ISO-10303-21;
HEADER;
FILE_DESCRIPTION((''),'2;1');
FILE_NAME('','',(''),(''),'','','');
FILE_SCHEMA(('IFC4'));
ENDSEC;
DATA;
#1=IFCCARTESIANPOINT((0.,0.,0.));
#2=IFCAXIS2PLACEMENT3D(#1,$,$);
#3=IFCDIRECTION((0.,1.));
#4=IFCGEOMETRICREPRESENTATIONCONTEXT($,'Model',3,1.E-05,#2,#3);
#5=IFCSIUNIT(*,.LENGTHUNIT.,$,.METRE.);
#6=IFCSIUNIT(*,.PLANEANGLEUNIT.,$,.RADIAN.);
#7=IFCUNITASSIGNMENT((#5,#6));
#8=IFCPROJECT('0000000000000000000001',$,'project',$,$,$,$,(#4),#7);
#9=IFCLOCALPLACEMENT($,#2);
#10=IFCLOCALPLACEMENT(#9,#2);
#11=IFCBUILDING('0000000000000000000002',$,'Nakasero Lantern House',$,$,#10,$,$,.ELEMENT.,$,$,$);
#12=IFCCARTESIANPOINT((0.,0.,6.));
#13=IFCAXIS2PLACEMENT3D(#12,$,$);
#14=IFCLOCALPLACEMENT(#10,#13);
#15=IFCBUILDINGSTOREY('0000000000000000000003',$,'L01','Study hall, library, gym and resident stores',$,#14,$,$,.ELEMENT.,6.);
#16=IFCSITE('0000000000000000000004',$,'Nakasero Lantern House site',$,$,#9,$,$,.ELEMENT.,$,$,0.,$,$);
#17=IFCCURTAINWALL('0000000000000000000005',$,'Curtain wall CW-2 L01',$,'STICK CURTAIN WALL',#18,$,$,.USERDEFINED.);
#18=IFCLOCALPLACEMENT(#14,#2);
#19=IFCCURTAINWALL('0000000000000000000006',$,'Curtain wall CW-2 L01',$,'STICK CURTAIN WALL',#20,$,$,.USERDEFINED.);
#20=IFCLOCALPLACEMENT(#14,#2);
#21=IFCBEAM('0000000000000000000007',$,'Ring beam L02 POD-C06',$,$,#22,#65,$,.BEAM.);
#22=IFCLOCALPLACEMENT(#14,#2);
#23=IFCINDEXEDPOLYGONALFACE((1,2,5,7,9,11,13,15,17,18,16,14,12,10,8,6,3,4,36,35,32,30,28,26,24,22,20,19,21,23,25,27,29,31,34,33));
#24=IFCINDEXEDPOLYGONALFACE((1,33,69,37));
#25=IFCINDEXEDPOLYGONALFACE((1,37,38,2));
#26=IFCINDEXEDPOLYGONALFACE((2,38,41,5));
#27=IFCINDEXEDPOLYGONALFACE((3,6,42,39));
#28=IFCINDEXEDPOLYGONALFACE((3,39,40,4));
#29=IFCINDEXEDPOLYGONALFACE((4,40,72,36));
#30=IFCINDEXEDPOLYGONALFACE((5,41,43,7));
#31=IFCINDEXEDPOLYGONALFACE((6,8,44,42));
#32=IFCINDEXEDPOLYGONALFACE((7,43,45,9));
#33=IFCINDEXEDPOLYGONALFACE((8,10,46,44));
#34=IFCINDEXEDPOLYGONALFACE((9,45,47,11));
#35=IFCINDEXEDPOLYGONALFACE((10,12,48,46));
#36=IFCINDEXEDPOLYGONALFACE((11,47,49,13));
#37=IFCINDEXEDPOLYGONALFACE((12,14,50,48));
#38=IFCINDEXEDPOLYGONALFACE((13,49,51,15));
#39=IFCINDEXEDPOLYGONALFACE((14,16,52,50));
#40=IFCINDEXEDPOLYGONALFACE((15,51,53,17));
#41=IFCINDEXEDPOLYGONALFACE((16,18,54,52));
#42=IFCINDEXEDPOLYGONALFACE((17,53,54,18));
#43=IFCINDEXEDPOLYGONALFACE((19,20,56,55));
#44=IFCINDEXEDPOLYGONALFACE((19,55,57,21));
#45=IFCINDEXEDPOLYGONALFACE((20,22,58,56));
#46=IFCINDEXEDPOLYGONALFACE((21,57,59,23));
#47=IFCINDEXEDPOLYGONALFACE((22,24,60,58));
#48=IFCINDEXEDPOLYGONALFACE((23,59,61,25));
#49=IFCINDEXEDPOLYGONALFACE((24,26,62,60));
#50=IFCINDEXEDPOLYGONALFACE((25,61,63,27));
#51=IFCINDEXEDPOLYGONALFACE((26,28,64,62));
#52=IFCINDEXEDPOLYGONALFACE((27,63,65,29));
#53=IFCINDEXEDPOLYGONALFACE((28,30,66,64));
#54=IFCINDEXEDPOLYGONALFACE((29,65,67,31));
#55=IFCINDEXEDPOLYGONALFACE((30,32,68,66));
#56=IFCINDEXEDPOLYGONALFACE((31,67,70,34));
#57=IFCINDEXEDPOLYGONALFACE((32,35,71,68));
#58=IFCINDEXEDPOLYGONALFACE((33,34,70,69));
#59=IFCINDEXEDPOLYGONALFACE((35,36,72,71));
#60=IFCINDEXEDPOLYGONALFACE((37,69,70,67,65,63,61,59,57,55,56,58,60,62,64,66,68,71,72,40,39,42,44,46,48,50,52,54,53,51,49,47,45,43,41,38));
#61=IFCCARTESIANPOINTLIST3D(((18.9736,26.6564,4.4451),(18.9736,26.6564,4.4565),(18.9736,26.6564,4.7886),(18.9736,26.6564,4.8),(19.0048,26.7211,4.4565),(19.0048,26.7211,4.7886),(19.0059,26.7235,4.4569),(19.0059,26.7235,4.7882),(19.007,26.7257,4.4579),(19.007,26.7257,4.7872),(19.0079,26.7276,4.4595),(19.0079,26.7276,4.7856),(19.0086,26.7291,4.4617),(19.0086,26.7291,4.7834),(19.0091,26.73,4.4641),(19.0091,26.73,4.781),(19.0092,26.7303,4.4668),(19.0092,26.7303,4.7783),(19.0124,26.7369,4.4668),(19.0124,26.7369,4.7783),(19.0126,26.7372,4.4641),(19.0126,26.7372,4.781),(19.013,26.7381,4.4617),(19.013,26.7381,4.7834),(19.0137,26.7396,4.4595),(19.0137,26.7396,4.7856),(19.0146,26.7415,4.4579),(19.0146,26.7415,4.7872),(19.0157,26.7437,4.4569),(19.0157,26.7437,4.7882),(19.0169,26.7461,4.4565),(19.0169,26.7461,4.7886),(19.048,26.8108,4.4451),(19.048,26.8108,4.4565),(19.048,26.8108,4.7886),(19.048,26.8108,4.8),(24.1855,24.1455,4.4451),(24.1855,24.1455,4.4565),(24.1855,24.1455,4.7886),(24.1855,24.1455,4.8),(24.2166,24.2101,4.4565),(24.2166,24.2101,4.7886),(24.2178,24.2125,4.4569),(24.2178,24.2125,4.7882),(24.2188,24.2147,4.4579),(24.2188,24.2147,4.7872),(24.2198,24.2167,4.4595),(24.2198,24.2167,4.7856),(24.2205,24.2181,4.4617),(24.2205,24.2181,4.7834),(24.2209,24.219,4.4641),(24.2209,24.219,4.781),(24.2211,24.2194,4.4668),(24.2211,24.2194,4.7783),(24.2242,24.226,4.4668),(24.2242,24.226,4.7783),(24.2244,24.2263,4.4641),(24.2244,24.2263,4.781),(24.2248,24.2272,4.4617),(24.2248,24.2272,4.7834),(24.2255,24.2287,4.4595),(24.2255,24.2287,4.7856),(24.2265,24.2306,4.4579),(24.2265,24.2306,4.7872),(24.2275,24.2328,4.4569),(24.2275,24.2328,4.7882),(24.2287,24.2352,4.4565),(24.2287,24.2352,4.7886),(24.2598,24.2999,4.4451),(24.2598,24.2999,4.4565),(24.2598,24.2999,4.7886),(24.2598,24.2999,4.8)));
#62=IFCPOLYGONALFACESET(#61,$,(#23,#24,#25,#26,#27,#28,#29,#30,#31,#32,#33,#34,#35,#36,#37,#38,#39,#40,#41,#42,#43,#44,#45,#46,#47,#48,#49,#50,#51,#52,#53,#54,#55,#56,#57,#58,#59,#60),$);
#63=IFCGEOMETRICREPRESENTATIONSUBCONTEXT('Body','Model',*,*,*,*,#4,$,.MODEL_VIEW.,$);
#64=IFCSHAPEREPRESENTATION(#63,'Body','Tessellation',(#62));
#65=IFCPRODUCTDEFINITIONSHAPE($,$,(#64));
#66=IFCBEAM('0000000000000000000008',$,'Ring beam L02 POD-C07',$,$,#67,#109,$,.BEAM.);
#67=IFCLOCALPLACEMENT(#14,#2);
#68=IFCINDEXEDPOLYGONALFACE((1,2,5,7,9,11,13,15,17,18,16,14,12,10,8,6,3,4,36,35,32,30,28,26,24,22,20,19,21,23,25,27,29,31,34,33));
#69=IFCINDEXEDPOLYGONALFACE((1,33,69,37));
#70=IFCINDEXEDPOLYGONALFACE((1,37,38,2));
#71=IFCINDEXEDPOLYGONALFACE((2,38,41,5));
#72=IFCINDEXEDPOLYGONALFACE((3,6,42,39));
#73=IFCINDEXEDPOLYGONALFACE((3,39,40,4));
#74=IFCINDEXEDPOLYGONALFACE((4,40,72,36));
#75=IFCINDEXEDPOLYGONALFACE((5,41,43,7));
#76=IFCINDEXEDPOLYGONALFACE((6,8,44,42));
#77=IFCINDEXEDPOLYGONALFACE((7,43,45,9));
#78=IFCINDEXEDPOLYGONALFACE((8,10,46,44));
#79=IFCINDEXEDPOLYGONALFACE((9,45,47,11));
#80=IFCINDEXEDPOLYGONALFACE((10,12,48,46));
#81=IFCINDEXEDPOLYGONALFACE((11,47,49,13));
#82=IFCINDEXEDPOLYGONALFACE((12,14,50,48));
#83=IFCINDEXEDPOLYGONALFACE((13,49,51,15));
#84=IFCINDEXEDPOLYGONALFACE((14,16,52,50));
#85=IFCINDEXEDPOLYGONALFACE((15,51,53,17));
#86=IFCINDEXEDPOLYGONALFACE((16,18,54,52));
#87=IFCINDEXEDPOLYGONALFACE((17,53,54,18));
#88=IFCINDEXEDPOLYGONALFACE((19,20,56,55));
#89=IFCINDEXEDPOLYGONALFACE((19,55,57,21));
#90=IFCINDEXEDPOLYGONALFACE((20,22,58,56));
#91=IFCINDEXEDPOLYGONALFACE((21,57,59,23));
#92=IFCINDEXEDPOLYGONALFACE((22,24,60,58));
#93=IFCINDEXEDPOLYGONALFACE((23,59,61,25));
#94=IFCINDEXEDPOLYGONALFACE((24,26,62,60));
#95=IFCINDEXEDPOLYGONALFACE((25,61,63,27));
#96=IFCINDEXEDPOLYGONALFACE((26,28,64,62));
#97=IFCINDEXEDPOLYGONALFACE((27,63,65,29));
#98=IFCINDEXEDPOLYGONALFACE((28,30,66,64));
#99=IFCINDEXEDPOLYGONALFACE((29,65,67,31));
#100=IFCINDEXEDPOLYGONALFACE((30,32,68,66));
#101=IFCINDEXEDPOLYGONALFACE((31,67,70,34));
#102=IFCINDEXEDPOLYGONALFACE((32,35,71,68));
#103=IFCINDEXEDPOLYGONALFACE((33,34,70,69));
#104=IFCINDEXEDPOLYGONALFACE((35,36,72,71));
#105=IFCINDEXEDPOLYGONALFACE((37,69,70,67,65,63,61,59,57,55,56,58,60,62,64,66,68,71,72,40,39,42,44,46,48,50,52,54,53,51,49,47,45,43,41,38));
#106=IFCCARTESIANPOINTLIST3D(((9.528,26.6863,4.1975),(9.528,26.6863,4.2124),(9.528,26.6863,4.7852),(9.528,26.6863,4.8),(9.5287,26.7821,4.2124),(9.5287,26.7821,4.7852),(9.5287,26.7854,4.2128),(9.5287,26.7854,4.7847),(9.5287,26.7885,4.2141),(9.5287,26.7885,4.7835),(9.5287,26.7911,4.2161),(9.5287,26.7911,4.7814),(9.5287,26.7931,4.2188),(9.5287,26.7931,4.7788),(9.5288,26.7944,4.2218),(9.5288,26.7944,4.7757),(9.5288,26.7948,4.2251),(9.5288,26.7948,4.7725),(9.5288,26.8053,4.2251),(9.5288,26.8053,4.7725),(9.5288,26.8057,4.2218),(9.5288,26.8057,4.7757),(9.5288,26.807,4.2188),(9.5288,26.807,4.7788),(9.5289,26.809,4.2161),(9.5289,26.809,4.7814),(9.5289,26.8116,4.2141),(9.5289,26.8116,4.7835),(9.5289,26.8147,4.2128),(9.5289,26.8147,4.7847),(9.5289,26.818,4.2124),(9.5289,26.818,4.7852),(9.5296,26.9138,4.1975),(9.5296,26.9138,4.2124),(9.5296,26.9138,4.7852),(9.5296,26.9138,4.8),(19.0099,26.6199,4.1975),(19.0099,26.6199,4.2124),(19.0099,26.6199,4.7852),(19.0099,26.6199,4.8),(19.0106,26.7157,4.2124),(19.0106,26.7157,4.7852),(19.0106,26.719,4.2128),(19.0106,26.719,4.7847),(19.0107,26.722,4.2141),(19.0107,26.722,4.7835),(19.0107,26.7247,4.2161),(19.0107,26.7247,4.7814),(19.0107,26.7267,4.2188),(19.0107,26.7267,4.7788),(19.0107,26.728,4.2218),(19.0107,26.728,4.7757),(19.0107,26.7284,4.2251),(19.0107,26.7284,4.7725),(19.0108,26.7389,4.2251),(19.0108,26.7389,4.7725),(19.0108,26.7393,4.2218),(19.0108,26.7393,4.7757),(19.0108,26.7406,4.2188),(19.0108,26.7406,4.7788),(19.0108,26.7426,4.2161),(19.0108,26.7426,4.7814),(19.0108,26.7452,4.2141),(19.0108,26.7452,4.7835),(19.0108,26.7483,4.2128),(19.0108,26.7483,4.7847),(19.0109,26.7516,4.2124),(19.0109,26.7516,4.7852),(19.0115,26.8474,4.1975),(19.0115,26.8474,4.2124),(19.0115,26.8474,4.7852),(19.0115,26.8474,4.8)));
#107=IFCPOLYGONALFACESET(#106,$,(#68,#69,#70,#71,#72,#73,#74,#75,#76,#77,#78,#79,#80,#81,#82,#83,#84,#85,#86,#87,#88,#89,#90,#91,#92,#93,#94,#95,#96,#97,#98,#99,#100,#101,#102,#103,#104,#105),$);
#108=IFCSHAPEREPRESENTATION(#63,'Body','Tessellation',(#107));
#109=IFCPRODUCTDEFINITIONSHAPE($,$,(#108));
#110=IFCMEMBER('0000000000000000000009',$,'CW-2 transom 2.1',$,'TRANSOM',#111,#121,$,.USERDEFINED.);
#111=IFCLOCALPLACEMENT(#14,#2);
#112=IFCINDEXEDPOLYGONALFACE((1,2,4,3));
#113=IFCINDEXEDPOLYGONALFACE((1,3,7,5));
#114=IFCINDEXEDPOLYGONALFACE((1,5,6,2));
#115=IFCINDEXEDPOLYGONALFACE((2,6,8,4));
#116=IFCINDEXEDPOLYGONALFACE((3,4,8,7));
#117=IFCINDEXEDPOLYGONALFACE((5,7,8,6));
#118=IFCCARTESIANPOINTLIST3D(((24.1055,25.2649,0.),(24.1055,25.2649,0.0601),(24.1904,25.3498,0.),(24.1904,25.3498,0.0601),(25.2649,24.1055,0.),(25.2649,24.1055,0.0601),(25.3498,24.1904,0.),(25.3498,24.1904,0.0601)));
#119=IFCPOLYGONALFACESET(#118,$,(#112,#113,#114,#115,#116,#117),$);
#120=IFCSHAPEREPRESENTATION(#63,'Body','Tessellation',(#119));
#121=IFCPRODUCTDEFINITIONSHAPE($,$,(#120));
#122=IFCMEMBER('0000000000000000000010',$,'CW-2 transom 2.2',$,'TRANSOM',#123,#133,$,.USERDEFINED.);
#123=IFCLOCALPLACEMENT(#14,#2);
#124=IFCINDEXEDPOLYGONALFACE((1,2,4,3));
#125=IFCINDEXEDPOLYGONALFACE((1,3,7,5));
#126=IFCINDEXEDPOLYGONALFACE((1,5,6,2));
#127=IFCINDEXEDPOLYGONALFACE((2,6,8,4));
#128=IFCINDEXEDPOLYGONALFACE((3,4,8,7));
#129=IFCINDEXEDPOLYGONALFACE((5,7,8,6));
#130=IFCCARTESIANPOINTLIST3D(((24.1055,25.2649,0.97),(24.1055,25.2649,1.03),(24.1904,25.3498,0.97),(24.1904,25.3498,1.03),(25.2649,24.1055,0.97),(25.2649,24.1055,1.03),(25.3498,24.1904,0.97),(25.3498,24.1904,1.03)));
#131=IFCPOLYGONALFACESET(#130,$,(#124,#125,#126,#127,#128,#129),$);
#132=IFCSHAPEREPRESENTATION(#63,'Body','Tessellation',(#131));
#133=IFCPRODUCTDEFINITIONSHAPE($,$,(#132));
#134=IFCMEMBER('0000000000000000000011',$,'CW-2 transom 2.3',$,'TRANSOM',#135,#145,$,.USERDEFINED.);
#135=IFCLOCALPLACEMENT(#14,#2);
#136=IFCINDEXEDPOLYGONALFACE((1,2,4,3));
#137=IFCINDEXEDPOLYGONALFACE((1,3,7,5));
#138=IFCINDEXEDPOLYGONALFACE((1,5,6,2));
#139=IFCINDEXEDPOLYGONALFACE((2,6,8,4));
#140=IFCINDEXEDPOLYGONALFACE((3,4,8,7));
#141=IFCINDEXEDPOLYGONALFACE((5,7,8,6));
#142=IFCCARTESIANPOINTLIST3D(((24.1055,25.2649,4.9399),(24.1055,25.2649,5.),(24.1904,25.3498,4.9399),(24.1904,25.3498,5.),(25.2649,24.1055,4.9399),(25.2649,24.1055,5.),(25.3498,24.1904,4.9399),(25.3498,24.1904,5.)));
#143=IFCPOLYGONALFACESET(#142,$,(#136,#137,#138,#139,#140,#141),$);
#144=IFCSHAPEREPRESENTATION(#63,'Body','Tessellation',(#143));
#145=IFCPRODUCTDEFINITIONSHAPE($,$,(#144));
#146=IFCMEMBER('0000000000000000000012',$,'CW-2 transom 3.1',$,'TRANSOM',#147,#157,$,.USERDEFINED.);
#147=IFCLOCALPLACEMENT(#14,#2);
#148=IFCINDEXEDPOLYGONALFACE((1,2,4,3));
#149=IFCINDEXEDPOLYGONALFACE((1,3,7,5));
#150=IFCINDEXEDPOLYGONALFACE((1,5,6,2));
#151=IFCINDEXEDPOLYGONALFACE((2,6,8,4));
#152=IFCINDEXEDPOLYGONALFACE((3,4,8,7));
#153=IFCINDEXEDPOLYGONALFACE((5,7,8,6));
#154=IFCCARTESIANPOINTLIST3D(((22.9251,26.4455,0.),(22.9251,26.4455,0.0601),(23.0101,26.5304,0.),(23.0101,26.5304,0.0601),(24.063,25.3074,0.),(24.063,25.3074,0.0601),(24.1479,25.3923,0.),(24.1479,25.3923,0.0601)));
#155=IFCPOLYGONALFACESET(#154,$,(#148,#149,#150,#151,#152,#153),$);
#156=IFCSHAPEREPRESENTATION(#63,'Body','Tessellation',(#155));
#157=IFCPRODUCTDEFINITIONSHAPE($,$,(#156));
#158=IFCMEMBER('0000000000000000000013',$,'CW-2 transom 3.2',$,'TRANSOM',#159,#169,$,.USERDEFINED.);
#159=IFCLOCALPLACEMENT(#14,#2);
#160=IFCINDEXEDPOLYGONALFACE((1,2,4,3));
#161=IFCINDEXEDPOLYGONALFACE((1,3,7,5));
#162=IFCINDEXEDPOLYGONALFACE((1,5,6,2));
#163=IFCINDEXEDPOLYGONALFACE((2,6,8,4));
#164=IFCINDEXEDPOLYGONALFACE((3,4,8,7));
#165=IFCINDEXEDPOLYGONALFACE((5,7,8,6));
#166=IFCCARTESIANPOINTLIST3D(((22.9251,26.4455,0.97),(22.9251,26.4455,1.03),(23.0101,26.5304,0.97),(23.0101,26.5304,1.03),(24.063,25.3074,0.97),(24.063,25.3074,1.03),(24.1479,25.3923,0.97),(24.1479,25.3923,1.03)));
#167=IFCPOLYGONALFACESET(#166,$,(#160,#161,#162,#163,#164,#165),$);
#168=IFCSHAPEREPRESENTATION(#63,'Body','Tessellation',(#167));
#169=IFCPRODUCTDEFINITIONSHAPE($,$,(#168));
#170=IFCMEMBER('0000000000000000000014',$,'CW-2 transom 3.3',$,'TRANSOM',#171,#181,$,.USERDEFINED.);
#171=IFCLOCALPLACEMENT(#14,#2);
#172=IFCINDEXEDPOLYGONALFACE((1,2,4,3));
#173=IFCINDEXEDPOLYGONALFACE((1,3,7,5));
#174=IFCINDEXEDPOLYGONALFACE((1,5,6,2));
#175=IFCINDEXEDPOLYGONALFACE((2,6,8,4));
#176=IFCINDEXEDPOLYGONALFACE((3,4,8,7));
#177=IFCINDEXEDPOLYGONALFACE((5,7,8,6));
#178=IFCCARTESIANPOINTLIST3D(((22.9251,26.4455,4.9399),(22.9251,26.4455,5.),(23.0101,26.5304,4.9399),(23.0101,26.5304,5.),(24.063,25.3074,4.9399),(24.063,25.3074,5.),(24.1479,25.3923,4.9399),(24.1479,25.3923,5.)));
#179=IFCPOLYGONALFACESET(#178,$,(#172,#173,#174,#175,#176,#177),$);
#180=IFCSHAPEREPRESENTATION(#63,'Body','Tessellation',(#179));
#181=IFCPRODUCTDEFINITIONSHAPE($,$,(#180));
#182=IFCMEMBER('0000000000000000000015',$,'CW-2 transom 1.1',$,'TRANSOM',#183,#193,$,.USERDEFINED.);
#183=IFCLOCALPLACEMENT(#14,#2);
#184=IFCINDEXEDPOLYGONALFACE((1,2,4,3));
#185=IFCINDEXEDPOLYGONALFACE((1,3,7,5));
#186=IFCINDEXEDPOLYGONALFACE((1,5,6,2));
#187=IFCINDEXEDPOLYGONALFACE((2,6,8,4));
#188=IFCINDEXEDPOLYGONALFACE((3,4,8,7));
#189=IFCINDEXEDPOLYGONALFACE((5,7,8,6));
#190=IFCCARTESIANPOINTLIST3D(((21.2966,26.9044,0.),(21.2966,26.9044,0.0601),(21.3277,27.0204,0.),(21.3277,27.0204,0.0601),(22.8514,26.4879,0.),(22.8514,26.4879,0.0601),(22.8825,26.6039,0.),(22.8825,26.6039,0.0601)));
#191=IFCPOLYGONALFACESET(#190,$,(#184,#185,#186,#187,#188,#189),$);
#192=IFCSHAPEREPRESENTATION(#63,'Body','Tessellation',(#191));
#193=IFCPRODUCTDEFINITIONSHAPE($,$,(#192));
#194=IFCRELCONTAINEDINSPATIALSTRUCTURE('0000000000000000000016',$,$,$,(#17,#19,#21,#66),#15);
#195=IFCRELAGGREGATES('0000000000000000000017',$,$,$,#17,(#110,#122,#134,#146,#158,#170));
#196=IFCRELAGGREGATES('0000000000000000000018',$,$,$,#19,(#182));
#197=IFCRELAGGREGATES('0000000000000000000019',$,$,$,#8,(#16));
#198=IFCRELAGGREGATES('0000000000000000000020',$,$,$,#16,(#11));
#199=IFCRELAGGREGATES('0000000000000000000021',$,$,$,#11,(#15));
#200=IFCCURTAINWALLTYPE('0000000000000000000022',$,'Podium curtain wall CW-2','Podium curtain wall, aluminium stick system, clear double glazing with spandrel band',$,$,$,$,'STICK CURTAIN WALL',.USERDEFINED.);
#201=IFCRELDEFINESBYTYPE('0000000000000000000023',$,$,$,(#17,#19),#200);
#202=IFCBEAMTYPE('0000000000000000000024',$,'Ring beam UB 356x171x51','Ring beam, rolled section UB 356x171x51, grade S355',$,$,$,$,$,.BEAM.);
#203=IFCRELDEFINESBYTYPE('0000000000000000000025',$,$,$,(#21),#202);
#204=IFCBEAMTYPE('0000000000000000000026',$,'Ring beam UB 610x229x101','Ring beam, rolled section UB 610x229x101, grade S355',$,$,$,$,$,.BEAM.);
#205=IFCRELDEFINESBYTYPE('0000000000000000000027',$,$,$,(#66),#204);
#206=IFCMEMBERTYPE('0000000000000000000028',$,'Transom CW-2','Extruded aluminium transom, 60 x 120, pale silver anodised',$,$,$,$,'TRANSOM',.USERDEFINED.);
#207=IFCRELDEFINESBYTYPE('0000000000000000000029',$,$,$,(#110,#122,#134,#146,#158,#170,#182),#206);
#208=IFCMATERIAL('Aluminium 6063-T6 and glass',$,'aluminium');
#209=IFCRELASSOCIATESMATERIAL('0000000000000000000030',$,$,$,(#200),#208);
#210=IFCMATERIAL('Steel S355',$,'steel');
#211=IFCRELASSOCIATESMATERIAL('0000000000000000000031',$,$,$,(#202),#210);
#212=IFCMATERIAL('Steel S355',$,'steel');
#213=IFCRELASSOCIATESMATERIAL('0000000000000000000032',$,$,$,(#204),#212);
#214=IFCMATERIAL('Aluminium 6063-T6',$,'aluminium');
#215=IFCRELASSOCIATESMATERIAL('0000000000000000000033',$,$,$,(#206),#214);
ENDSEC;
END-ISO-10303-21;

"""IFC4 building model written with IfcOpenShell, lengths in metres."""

from ifc_helpers import new_model, si_unit, direction, frame, origin, origin_2d, place, context, subcontext, project, spatial, rectangle, i_section, extrude, material, material_profile, profile_set, type_object, element, aggregate, save


model = new_model("IFC4")

# Units and contexts
model_context = context("Model", 3, precision=1e-05, world=origin(), true_north=direction((0.0, 1.0)))
body_context = subcontext(model_context, "Body", "Model", "MODEL_VIEW")
ifc_project = project(units=[si_unit("LENGTHUNIT", "METRE"), si_unit("PLANEANGLEUNIT", "RADIAN")], contexts=[model_context])

# Site, building, storey
site_placement = place(None, origin())
site = spatial("IfcSite", under=ifc_project, at=site_placement, Name="Nakasero Lantern House site", CompositionType="ELEMENT", RefElevation=0.0)
building_placement = place(site_placement, origin())
building = spatial("IfcBuilding", under=site, at=building_placement, Name="Nakasero Lantern House", CompositionType="ELEMENT")
storey_placement = place(building_placement, frame((0.0, 0.0, 6.0)))
storey = spatial("IfcBuildingStorey", under=building, at=storey_placement, Name="L01", Description="Study hall, library, gym and resident stores", CompositionType="ELEMENT", Elevation=6.0)

# Curtain walls
ifc_material_1 = material(Name="Aluminium 6063-T6 and glass", Category="aluminium")
curtain_wall_type = type_object("IfcCurtainWallType", Name="Podium curtain wall CW-2", Description="Podium curtain wall, aluminium stick system, clear double glazing with spandrel band", ElementType="STICK CURTAIN WALL", PredefinedType="USERDEFINED", material=ifc_material_1)
curtain_wall_1_placement = place(storey_placement, origin())
curtain_wall_1 = element("IfcCurtainWall", 1, at=curtain_wall_1_placement, inside=storey, type_object=curtain_wall_type, Name="Curtain wall CW-2 L01", ObjectType="STICK CURTAIN WALL", PredefinedType="USERDEFINED")
curtain_wall_2_placement = place(storey_placement, origin())
curtain_wall_2 = element("IfcCurtainWall", 2, at=curtain_wall_2_placement, inside=storey, type_object=curtain_wall_type, Name="Curtain wall CW-2 L01", ObjectType="STICK CURTAIN WALL", PredefinedType="USERDEFINED")

# Beams
ifc_material_2 = material(Name="Steel S355", Category="steel")
ifc_material_profile_1 = material_profile(ifc_material_2, i_section(OverallWidth=0.1714, OverallDepth=0.355, WebThickness=0.0073, FlangeThickness=0.0115, FilletRadius=0.0103, at=origin_2d()), Name="UB 356x171x51")
ifc_profile_set_1 = profile_set([ifc_material_profile_1], Name="Steel S355")
beam_type_1 = type_object("IfcBeamType", Name="Ring beam UB 356x171x51", Description="Ring beam, rolled section UB 356x171x51, grade S355", PredefinedType="BEAM", material=ifc_profile_set_1)
beam_1_placement = place(storey_placement, frame((24.2227, 24.2227, 4.6226), z_axis=(-0.900897, 0.434033, 0.0), x_axis=(-0.434033, -0.900897, 0.0)))
element("IfcBeam", 3, at=beam_1_placement, inside=storey, type_object=beam_type_1, Name="Ring beam L02 POD-C06", PredefinedType="BEAM", context=body_context, shape_type="SweptSolid", body=[
    extrude(i_section(OverallWidth=0.1714, OverallDepth=0.355, WebThickness=0.0073, FlangeThickness=0.0115, FilletRadius=0.0103, at=origin_2d()), origin(), (0.0, 0.0, 1.0), 5.7852),
])
ifc_material_3 = material(Name="Steel S355", Category="steel")
ifc_material_profile_2 = material_profile(ifc_material_3, i_section(OverallWidth=0.2275, OverallDepth=0.6025, WebThickness=0.0105, FlangeThickness=0.0149, FilletRadius=0.0127, at=origin_2d()), Name="UB 610x229x101")
ifc_profile_set_2 = profile_set([ifc_material_profile_2], Name="Steel S355")
beam_type_2 = type_object("IfcBeamType", Name="Ring beam UB 610x229x101", Description="Ring beam, rolled section UB 610x229x101, grade S355", PredefinedType="BEAM", material=ifc_profile_set_2)
beam_2_placement = place(storey_placement, frame((19.0107, 26.7336, 4.4988), z_axis=(-0.999975, 0.007003, 0.0), x_axis=(-0.007003, -0.999975, 0.0)))
element("IfcBeam", 4, at=beam_2_placement, inside=storey, type_object=beam_type_2, Name="Ring beam L02 POD-C07", PredefinedType="BEAM", context=body_context, shape_type="SweptSolid", body=[
    extrude(i_section(OverallWidth=0.2275, OverallDepth=0.6025, WebThickness=0.0105, FlangeThickness=0.0149, FilletRadius=0.0127, at=origin_2d()), origin(), (0.0, 0.0, 1.0), 9.4822),
])

# Members
ifc_material_4 = material(Name="Aluminium 6063-T6", Category="aluminium")
ifc_material_profile_3 = material_profile(ifc_material_4, rectangle(XDim=0.0601, YDim=0.1201, at=origin_2d()), Name="CW-2 transom 60x120")
ifc_profile_set_3 = profile_set([ifc_material_profile_3], Name="Aluminium 6063-T6")
member_type_1 = type_object("IfcMemberType", Name="Transom CW-2", Description="Extruded aluminium transom, 60 x 120, pale silver anodised", ElementType="TRANSOM", PredefinedType="USERDEFINED", material=ifc_profile_set_3)
member_1_placement = place(storey_placement, frame((25.3074, 24.1479, 0.03), z_axis=(-0.707107, 0.707107, 0.0), x_axis=(0.0, 0.0, 1.0)))
member_1 = element("IfcMember", 5, at=member_1_placement, type_object=member_type_1, Name="CW-2 transom 2.1", ObjectType="TRANSOM", PredefinedType="USERDEFINED", context=body_context, shape_type="SweptSolid", body=[
    extrude(rectangle(XDim=0.0601, YDim=0.1201, at=origin_2d()), origin(), (0.0, 0.0, 1.0), 1.6396),
])
member_2_placement = place(storey_placement, frame((25.3074, 24.1479, 1.0), z_axis=(-0.707107, 0.707107, 0.0), x_axis=(0.0, 0.0, 1.0)))
member_2 = element("IfcMember", 6, at=member_2_placement, type_object=member_type_1, Name="CW-2 transom 2.2", ObjectType="TRANSOM", PredefinedType="USERDEFINED", context=body_context, shape_type="SweptSolid", body=[
    extrude(rectangle(XDim=0.0601, YDim=0.1201, at=origin_2d()), origin(), (0.0, 0.0, 1.0), 1.6396),
])
member_3_placement = place(storey_placement, frame((25.3074, 24.1479, 4.97), z_axis=(-0.707107, 0.707107, 0.0), x_axis=(0.0, 0.0, 1.0)))
member_3 = element("IfcMember", 7, at=member_3_placement, type_object=member_type_1, Name="CW-2 transom 2.3", ObjectType="TRANSOM", PredefinedType="USERDEFINED", context=body_context, shape_type="SweptSolid", body=[
    extrude(rectangle(XDim=0.0601, YDim=0.1201, at=origin_2d()), origin(), (0.0, 0.0, 1.0), 1.6396),
])
member_4_placement = place(storey_placement, frame((24.1055, 25.3499, 0.03), z_axis=(-0.707031, 0.707183, 0.0), x_axis=(0.0, 0.0, 1.0)))
member_4 = element("IfcMember", 8, at=member_4_placement, type_object=member_type_1, Name="CW-2 transom 3.1", ObjectType="TRANSOM", PredefinedType="USERDEFINED", context=body_context, shape_type="SweptSolid", body=[
    extrude(rectangle(XDim=0.0601, YDim=0.1201, at=origin_2d()), origin(), (0.0, 0.0, 1.0), 1.6094),
])
member_5_placement = place(storey_placement, frame((24.1055, 25.3499, 1.0), z_axis=(-0.707031, 0.707183, 0.0), x_axis=(0.0, 0.0, 1.0)))
member_5 = element("IfcMember", 9, at=member_5_placement, type_object=member_type_1, Name="CW-2 transom 3.2", ObjectType="TRANSOM", PredefinedType="USERDEFINED", context=body_context, shape_type="SweptSolid", body=[
    extrude(rectangle(XDim=0.0601, YDim=0.1201, at=origin_2d()), origin(), (0.0, 0.0, 1.0), 1.6094),
])
member_6_placement = place(storey_placement, frame((24.1055, 25.3499, 4.97), z_axis=(-0.707031, 0.707183, 0.0), x_axis=(0.0, 0.0, 1.0)))
member_6 = element("IfcMember", 10, at=member_6_placement, type_object=member_type_1, Name="CW-2 transom 3.3", ObjectType="TRANSOM", PredefinedType="USERDEFINED", context=body_context, shape_type="SweptSolid", body=[
    extrude(rectangle(XDim=0.0601, YDim=0.1201, at=origin_2d()), origin(), (0.0, 0.0, 1.0), 1.6094),
])
member_7_placement = place(storey_placement, frame((22.8669, 26.5459, 0.03), z_axis=(-0.965937, 0.258777, 0.0), x_axis=(0.0, 0.0, 1.0)))
member_7 = element("IfcMember", 11, at=member_7_placement, type_object=member_type_1, Name="CW-2 transom 1.1", ObjectType="TRANSOM", PredefinedType="USERDEFINED", context=body_context, shape_type="SweptSolid", body=[
    extrude(rectangle(XDim=0.0601, YDim=0.1201, at=origin_2d()), origin(), (0.0, 0.0, 1.0), 1.6096),
])

aggregate(curtain_wall_1, [member_1, member_2, member_3, member_4, member_5, member_6])
aggregate(curtain_wall_2, [member_7])

save(model, "model.ifc")
